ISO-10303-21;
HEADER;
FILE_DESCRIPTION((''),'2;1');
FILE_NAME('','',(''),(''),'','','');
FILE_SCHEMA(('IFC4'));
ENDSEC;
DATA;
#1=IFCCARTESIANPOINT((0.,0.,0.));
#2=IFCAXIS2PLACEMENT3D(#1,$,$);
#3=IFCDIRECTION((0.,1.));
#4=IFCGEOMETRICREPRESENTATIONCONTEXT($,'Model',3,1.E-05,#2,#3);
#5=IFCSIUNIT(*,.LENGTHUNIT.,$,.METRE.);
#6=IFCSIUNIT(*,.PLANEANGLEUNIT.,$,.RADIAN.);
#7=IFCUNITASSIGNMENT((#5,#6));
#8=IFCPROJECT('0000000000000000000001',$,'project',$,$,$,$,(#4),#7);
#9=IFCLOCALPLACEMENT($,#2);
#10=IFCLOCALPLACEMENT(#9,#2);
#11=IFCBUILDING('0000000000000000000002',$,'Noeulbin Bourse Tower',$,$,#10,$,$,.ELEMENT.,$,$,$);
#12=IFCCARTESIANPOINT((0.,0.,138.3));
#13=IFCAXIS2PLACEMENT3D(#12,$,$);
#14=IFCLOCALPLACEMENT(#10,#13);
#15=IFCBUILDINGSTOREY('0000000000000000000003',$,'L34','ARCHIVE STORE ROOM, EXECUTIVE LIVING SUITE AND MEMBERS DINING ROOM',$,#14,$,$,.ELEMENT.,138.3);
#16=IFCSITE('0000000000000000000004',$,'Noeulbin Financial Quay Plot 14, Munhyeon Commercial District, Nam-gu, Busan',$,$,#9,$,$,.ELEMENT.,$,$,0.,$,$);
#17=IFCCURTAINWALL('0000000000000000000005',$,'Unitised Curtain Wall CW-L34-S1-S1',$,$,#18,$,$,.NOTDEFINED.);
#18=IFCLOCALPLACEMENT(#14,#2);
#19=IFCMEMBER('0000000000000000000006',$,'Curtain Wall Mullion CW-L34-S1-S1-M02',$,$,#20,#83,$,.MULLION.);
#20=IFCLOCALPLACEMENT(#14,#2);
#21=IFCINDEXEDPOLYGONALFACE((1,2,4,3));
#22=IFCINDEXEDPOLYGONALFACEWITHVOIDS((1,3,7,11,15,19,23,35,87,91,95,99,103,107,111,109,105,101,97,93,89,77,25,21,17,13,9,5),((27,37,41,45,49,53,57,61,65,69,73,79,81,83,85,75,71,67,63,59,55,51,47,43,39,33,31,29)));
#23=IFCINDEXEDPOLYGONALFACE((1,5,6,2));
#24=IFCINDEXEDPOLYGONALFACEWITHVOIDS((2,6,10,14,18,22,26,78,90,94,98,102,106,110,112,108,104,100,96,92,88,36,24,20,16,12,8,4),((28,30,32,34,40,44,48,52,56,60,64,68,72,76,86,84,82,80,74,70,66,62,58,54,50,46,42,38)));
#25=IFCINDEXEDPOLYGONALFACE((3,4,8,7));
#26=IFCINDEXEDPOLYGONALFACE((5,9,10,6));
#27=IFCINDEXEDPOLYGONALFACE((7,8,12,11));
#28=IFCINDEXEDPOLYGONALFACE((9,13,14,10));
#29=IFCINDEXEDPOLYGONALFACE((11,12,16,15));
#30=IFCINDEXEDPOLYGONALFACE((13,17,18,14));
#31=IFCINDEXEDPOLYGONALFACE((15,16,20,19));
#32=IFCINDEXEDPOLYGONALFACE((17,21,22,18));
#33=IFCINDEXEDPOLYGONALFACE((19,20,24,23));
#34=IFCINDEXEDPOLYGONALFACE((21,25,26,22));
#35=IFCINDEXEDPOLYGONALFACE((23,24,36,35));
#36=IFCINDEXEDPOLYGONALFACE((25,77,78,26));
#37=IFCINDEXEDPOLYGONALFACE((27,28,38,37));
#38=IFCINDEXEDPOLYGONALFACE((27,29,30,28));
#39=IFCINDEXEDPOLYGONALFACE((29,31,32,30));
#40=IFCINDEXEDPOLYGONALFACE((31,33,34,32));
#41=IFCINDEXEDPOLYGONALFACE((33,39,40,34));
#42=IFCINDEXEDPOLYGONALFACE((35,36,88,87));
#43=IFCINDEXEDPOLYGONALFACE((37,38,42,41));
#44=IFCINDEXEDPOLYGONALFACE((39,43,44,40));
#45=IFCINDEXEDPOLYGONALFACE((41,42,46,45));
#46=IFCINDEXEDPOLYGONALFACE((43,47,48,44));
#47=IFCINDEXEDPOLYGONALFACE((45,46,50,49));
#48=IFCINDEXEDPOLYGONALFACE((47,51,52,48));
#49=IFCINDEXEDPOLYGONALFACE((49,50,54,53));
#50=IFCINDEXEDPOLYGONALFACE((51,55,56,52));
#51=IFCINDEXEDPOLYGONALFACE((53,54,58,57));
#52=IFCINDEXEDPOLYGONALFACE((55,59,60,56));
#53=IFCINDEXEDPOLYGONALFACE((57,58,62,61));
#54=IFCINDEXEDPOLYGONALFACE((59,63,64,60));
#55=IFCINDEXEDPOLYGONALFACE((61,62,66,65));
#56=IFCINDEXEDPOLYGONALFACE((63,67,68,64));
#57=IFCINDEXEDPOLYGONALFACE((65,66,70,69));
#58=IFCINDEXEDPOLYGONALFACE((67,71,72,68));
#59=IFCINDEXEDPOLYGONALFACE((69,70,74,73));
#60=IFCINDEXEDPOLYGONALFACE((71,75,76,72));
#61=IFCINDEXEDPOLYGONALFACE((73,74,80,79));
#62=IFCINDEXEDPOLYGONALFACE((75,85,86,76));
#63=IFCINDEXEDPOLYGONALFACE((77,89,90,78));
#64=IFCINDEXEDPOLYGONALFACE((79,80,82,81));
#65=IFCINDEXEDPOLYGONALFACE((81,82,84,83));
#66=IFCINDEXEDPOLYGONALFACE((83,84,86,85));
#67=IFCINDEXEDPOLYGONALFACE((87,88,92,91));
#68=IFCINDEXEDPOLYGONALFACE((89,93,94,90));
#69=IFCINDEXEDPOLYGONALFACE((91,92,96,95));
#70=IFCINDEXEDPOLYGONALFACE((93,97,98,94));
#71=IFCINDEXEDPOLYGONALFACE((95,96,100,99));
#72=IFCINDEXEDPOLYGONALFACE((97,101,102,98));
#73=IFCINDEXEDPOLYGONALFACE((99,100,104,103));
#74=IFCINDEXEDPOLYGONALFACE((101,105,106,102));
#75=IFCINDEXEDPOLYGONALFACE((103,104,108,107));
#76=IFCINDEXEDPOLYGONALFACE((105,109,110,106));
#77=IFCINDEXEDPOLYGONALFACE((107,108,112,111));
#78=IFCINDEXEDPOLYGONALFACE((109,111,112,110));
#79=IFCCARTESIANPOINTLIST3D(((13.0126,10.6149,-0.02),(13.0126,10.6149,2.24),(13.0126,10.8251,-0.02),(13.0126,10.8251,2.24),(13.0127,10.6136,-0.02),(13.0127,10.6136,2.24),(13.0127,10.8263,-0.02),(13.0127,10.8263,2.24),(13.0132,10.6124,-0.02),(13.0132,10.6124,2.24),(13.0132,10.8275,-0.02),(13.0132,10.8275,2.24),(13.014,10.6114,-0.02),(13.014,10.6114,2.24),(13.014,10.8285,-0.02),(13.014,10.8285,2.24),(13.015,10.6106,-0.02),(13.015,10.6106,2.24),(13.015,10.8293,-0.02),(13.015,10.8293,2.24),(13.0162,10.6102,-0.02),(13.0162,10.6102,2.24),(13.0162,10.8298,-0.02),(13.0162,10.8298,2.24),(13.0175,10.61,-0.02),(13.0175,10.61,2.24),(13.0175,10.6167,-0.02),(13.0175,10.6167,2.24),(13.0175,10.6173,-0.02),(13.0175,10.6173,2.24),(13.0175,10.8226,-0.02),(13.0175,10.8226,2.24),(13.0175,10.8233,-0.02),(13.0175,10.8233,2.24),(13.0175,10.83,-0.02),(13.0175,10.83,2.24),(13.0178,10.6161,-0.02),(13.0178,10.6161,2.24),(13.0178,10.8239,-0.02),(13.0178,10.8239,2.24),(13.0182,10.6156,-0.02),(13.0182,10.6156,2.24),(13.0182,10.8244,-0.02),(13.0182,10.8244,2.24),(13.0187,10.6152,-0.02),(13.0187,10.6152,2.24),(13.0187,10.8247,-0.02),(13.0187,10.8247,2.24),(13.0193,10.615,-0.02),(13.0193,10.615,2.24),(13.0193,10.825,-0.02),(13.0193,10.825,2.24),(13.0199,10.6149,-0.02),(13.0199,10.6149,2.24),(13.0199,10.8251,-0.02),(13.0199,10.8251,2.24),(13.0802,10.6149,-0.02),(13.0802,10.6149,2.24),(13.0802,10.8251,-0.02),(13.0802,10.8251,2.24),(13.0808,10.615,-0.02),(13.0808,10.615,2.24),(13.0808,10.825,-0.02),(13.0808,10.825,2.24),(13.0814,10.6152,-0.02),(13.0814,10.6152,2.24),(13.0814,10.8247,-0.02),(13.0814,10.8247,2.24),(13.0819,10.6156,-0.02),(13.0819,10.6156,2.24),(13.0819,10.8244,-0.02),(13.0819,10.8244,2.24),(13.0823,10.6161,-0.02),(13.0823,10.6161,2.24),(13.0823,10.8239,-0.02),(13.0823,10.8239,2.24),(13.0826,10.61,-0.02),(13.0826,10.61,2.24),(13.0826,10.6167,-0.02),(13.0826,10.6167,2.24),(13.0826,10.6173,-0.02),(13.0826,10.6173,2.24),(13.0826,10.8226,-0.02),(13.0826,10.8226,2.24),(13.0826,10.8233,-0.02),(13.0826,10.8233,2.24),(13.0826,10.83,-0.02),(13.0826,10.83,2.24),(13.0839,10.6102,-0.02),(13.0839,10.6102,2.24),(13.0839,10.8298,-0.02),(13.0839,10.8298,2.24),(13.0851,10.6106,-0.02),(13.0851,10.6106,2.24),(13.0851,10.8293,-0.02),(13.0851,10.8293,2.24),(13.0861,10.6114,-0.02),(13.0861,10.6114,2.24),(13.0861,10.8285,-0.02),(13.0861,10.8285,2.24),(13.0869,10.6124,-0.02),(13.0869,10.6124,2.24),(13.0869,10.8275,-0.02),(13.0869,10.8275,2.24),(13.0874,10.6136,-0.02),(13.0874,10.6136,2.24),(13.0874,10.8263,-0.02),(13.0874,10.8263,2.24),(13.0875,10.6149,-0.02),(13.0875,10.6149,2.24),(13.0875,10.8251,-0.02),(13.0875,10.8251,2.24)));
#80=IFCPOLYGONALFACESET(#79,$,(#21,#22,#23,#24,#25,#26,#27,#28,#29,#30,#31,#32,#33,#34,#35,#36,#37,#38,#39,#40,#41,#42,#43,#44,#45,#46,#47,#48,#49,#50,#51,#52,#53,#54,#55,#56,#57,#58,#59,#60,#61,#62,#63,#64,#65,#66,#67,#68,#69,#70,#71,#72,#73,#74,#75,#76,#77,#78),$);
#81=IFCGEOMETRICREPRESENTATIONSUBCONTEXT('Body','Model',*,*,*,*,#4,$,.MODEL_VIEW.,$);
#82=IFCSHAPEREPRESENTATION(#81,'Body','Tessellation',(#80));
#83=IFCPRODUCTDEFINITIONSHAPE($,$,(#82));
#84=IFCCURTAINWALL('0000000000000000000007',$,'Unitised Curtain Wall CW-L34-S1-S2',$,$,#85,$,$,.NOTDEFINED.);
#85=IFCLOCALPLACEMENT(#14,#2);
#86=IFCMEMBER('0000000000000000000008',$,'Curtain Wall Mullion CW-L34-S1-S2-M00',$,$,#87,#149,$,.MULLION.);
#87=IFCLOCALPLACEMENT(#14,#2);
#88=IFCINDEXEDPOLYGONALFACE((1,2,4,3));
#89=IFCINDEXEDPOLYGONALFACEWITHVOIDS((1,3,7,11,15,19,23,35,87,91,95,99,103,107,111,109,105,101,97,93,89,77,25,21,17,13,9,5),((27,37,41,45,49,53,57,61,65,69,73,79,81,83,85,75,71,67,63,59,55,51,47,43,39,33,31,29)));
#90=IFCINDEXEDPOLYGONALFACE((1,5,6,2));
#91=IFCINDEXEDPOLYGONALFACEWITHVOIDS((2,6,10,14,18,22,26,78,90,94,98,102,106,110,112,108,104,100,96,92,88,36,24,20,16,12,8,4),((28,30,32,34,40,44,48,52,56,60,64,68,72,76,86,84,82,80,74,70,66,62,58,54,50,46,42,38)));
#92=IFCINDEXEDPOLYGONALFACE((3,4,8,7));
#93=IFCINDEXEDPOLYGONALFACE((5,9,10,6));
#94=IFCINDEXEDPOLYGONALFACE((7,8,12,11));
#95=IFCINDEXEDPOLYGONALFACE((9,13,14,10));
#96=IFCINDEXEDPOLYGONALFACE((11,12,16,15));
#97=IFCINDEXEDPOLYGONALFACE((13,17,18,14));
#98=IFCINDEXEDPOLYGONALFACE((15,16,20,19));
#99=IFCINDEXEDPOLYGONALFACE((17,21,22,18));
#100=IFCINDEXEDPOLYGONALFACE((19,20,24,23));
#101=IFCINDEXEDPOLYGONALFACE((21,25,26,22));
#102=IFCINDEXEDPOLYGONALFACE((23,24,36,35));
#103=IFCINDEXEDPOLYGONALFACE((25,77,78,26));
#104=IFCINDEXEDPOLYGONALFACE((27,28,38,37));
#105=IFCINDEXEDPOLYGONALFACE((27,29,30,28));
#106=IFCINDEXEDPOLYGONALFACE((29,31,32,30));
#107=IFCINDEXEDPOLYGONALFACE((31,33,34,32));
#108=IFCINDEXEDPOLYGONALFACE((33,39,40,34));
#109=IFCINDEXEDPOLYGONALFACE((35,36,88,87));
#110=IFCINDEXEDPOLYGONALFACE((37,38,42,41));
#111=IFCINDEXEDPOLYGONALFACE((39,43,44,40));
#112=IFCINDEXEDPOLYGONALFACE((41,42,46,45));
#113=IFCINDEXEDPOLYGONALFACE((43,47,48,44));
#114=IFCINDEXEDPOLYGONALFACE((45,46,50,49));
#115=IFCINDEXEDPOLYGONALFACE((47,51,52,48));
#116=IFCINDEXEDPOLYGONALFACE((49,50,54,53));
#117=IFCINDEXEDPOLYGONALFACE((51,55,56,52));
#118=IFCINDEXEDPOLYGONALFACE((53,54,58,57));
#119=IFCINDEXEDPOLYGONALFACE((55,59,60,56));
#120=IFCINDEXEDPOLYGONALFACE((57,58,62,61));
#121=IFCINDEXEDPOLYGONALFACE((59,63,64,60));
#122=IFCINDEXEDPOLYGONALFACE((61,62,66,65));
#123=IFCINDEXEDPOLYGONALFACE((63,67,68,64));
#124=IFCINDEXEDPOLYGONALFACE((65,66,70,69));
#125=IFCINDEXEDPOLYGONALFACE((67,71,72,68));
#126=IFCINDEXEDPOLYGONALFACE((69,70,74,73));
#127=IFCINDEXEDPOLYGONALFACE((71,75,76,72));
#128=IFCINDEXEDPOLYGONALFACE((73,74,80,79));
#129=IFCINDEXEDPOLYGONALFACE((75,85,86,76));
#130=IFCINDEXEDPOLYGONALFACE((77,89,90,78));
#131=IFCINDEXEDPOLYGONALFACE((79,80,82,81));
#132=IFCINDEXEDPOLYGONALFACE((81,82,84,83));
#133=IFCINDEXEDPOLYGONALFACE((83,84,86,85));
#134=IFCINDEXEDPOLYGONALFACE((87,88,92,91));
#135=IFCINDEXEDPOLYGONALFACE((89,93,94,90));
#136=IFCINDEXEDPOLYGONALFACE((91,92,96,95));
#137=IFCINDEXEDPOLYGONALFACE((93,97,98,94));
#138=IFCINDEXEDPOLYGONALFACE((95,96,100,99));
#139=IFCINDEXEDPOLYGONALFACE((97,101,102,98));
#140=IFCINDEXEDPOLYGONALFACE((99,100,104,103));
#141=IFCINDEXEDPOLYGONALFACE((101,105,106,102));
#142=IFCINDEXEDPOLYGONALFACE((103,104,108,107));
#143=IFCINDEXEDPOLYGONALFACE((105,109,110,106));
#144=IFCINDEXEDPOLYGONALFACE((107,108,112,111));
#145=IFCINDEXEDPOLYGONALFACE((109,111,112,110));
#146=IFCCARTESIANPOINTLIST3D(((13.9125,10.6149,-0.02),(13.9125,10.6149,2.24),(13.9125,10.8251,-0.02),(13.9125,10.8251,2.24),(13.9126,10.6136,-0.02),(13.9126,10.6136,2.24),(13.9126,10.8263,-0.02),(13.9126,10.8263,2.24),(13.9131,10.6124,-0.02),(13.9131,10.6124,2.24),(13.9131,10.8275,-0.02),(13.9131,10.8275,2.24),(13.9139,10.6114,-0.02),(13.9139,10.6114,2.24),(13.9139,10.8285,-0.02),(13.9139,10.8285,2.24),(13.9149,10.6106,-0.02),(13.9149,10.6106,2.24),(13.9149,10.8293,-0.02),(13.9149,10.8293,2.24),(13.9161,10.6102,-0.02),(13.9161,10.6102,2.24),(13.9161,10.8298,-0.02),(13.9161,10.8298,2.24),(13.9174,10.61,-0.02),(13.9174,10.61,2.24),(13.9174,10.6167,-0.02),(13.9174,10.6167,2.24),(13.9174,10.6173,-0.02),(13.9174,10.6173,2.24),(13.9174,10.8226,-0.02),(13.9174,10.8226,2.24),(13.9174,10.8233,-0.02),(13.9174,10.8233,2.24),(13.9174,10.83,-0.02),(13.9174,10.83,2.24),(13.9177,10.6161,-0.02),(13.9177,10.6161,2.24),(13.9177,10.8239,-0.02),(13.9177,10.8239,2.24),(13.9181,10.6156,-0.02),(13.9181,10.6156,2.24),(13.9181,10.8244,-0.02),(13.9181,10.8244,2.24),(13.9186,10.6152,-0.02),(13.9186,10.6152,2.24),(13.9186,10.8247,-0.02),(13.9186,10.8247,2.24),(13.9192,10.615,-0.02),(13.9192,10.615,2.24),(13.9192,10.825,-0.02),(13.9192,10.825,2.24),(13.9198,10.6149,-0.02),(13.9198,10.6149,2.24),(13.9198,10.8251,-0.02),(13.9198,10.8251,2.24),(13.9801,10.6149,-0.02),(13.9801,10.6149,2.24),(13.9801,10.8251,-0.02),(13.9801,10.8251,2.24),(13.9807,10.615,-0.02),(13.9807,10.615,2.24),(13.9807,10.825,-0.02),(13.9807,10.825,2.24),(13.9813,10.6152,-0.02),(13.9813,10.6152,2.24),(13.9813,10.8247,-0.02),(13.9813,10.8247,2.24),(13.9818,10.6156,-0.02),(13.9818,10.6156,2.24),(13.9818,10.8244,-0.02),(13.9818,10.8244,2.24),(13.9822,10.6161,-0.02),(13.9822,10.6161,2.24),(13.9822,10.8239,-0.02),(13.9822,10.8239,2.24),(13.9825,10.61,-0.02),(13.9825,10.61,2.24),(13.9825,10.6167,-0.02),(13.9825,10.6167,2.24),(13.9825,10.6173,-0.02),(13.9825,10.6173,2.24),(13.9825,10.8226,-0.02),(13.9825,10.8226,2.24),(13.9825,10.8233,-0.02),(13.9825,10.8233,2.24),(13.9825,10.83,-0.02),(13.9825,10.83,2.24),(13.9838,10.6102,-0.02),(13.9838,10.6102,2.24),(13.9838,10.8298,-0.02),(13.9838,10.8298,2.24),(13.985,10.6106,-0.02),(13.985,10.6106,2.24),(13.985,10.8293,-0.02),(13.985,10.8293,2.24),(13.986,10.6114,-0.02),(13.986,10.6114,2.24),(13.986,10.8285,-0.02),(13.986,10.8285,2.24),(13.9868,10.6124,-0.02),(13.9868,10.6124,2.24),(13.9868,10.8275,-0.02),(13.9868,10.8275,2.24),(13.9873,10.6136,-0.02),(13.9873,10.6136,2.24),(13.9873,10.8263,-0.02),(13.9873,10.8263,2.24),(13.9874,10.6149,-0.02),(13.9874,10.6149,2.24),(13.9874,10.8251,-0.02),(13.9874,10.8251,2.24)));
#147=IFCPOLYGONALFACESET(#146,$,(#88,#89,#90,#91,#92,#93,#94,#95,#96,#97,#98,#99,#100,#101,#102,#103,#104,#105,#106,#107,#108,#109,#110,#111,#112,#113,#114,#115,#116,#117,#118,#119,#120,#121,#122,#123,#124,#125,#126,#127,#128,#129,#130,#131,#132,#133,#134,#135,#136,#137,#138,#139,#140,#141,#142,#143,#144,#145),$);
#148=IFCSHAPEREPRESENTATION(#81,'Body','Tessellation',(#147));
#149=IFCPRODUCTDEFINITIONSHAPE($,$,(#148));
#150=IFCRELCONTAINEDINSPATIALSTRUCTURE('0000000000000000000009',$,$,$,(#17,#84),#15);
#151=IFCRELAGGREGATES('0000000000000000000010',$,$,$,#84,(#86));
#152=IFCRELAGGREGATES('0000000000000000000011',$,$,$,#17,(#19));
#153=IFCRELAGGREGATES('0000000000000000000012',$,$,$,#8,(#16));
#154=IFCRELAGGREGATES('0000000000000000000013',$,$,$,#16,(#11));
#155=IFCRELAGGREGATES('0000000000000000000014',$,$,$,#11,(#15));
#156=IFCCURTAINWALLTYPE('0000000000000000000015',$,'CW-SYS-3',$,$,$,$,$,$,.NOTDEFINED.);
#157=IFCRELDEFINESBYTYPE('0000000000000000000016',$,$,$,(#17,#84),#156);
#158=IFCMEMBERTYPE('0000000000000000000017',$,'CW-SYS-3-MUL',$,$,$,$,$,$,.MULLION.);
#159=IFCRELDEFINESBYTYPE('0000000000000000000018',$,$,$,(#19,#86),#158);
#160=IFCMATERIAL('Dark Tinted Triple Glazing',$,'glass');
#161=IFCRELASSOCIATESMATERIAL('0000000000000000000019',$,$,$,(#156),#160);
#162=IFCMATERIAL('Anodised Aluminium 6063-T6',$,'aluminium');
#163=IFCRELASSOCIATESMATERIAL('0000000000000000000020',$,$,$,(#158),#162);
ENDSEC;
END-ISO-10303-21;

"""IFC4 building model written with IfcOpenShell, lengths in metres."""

from ifc_helpers import new_model, si_unit, direction, frame, origin, origin_2d, place, context, subcontext, project, spatial, hollow_rectangle, extrude, material, material_profile, profile_set, type_object, element, aggregate, save


model = new_model("IFC4")

# Units and contexts
model_context = context("Model", 3, precision=1e-05, world=origin(), true_north=direction((0.0, 1.0)))
body_context = subcontext(model_context, "Body", "Model", "MODEL_VIEW")
ifc_project = project(units=[si_unit("LENGTHUNIT", "METRE"), si_unit("PLANEANGLEUNIT", "RADIAN")], contexts=[model_context])

# Site, building, storey
site_placement = place(None, origin())
site = spatial("IfcSite", under=ifc_project, at=site_placement, Name="Noeulbin Financial Quay Plot 14, Munhyeon Commercial District, Nam-gu, Busan", CompositionType="ELEMENT", RefElevation=0.0)
building_placement = place(site_placement, origin())
building = spatial("IfcBuilding", under=site, at=building_placement, Name="Noeulbin Bourse Tower", CompositionType="ELEMENT")
storey_placement = place(building_placement, frame((0.0, 0.0, 138.3)))
storey = spatial("IfcBuildingStorey", under=building, at=storey_placement, Name="L34", Description="ARCHIVE STORE ROOM, EXECUTIVE LIVING SUITE AND MEMBERS DINING ROOM", CompositionType="ELEMENT", Elevation=138.3)

# Curtain wall, member
ifc_material_1 = material(Name="Dark Tinted Triple Glazing", Category="glass")
curtain_wall_type = type_object("IfcCurtainWallType", Name="CW-SYS-3", PredefinedType="NOTDEFINED", material=ifc_material_1)
curtain_wall_1_placement = place(storey_placement, origin())
curtain_wall_1 = element("IfcCurtainWall", 1, at=curtain_wall_1_placement, inside=storey, type_object=curtain_wall_type, Name="Unitised Curtain Wall CW-L34-S1-S1", PredefinedType="NOTDEFINED")
ifc_material_2 = material(Name="Anodised Aluminium 6063-T6", Category="aluminium")
ifc_material_profile_1 = material_profile(ifc_material_2, hollow_rectangle(XDim=0.075, YDim=0.22, WallThickness=0.0049, InnerFilletRadius=0.0024, OuterFilletRadius=0.0049, at=origin_2d()), Name="ALU-MULL-75x220x5", Category="LoadBearing")
ifc_profile_set_1 = profile_set([ifc_material_profile_1], Name="Anodised Aluminium 6063-T6")
member_type_1 = type_object("IfcMemberType", Name="CW-SYS-3-MUL", PredefinedType="MULLION", material=ifc_profile_set_1)
member_1_placement = place(storey_placement, frame((13.05, 10.72, -0.02), z_axis=(0.0, 0.0, 1.0), x_axis=(1.0, 0.0, 0.0)))
member_1 = element("IfcMember", 2, at=member_1_placement, type_object=member_type_1, Name="Curtain Wall Mullion CW-L34-S1-S1-M02", PredefinedType="MULLION", context=body_context, shape_type="SweptSolid", body=[
    extrude(hollow_rectangle(XDim=0.075, YDim=0.22, WallThickness=0.0049, InnerFilletRadius=0.0024, OuterFilletRadius=0.0049, at=origin_2d()), origin(), (0.0, 0.0, 1.0), 2.26),
])

# Curtain wall, member
curtain_wall_2_placement = place(storey_placement, origin())
curtain_wall_2 = element("IfcCurtainWall", 3, at=curtain_wall_2_placement, inside=storey, type_object=curtain_wall_type, Name="Unitised Curtain Wall CW-L34-S1-S2", PredefinedType="NOTDEFINED")
member_2_placement = place(storey_placement, frame((13.95, 10.72, -0.02), z_axis=(0.0, 0.0, 1.0), x_axis=(1.0, 0.0, 0.0)))
member_2 = element("IfcMember", 4, at=member_2_placement, type_object=member_type_1, Name="Curtain Wall Mullion CW-L34-S1-S2-M00", PredefinedType="MULLION", context=body_context, shape_type="SweptSolid", body=[
    extrude(hollow_rectangle(XDim=0.075, YDim=0.22, WallThickness=0.0049, InnerFilletRadius=0.0024, OuterFilletRadius=0.0049, at=origin_2d()), origin(), (0.0, 0.0, 1.0), 2.26),
])

aggregate(curtain_wall_2, [member_2])

aggregate(curtain_wall_1, [member_1])

save(model, "model.ifc")
